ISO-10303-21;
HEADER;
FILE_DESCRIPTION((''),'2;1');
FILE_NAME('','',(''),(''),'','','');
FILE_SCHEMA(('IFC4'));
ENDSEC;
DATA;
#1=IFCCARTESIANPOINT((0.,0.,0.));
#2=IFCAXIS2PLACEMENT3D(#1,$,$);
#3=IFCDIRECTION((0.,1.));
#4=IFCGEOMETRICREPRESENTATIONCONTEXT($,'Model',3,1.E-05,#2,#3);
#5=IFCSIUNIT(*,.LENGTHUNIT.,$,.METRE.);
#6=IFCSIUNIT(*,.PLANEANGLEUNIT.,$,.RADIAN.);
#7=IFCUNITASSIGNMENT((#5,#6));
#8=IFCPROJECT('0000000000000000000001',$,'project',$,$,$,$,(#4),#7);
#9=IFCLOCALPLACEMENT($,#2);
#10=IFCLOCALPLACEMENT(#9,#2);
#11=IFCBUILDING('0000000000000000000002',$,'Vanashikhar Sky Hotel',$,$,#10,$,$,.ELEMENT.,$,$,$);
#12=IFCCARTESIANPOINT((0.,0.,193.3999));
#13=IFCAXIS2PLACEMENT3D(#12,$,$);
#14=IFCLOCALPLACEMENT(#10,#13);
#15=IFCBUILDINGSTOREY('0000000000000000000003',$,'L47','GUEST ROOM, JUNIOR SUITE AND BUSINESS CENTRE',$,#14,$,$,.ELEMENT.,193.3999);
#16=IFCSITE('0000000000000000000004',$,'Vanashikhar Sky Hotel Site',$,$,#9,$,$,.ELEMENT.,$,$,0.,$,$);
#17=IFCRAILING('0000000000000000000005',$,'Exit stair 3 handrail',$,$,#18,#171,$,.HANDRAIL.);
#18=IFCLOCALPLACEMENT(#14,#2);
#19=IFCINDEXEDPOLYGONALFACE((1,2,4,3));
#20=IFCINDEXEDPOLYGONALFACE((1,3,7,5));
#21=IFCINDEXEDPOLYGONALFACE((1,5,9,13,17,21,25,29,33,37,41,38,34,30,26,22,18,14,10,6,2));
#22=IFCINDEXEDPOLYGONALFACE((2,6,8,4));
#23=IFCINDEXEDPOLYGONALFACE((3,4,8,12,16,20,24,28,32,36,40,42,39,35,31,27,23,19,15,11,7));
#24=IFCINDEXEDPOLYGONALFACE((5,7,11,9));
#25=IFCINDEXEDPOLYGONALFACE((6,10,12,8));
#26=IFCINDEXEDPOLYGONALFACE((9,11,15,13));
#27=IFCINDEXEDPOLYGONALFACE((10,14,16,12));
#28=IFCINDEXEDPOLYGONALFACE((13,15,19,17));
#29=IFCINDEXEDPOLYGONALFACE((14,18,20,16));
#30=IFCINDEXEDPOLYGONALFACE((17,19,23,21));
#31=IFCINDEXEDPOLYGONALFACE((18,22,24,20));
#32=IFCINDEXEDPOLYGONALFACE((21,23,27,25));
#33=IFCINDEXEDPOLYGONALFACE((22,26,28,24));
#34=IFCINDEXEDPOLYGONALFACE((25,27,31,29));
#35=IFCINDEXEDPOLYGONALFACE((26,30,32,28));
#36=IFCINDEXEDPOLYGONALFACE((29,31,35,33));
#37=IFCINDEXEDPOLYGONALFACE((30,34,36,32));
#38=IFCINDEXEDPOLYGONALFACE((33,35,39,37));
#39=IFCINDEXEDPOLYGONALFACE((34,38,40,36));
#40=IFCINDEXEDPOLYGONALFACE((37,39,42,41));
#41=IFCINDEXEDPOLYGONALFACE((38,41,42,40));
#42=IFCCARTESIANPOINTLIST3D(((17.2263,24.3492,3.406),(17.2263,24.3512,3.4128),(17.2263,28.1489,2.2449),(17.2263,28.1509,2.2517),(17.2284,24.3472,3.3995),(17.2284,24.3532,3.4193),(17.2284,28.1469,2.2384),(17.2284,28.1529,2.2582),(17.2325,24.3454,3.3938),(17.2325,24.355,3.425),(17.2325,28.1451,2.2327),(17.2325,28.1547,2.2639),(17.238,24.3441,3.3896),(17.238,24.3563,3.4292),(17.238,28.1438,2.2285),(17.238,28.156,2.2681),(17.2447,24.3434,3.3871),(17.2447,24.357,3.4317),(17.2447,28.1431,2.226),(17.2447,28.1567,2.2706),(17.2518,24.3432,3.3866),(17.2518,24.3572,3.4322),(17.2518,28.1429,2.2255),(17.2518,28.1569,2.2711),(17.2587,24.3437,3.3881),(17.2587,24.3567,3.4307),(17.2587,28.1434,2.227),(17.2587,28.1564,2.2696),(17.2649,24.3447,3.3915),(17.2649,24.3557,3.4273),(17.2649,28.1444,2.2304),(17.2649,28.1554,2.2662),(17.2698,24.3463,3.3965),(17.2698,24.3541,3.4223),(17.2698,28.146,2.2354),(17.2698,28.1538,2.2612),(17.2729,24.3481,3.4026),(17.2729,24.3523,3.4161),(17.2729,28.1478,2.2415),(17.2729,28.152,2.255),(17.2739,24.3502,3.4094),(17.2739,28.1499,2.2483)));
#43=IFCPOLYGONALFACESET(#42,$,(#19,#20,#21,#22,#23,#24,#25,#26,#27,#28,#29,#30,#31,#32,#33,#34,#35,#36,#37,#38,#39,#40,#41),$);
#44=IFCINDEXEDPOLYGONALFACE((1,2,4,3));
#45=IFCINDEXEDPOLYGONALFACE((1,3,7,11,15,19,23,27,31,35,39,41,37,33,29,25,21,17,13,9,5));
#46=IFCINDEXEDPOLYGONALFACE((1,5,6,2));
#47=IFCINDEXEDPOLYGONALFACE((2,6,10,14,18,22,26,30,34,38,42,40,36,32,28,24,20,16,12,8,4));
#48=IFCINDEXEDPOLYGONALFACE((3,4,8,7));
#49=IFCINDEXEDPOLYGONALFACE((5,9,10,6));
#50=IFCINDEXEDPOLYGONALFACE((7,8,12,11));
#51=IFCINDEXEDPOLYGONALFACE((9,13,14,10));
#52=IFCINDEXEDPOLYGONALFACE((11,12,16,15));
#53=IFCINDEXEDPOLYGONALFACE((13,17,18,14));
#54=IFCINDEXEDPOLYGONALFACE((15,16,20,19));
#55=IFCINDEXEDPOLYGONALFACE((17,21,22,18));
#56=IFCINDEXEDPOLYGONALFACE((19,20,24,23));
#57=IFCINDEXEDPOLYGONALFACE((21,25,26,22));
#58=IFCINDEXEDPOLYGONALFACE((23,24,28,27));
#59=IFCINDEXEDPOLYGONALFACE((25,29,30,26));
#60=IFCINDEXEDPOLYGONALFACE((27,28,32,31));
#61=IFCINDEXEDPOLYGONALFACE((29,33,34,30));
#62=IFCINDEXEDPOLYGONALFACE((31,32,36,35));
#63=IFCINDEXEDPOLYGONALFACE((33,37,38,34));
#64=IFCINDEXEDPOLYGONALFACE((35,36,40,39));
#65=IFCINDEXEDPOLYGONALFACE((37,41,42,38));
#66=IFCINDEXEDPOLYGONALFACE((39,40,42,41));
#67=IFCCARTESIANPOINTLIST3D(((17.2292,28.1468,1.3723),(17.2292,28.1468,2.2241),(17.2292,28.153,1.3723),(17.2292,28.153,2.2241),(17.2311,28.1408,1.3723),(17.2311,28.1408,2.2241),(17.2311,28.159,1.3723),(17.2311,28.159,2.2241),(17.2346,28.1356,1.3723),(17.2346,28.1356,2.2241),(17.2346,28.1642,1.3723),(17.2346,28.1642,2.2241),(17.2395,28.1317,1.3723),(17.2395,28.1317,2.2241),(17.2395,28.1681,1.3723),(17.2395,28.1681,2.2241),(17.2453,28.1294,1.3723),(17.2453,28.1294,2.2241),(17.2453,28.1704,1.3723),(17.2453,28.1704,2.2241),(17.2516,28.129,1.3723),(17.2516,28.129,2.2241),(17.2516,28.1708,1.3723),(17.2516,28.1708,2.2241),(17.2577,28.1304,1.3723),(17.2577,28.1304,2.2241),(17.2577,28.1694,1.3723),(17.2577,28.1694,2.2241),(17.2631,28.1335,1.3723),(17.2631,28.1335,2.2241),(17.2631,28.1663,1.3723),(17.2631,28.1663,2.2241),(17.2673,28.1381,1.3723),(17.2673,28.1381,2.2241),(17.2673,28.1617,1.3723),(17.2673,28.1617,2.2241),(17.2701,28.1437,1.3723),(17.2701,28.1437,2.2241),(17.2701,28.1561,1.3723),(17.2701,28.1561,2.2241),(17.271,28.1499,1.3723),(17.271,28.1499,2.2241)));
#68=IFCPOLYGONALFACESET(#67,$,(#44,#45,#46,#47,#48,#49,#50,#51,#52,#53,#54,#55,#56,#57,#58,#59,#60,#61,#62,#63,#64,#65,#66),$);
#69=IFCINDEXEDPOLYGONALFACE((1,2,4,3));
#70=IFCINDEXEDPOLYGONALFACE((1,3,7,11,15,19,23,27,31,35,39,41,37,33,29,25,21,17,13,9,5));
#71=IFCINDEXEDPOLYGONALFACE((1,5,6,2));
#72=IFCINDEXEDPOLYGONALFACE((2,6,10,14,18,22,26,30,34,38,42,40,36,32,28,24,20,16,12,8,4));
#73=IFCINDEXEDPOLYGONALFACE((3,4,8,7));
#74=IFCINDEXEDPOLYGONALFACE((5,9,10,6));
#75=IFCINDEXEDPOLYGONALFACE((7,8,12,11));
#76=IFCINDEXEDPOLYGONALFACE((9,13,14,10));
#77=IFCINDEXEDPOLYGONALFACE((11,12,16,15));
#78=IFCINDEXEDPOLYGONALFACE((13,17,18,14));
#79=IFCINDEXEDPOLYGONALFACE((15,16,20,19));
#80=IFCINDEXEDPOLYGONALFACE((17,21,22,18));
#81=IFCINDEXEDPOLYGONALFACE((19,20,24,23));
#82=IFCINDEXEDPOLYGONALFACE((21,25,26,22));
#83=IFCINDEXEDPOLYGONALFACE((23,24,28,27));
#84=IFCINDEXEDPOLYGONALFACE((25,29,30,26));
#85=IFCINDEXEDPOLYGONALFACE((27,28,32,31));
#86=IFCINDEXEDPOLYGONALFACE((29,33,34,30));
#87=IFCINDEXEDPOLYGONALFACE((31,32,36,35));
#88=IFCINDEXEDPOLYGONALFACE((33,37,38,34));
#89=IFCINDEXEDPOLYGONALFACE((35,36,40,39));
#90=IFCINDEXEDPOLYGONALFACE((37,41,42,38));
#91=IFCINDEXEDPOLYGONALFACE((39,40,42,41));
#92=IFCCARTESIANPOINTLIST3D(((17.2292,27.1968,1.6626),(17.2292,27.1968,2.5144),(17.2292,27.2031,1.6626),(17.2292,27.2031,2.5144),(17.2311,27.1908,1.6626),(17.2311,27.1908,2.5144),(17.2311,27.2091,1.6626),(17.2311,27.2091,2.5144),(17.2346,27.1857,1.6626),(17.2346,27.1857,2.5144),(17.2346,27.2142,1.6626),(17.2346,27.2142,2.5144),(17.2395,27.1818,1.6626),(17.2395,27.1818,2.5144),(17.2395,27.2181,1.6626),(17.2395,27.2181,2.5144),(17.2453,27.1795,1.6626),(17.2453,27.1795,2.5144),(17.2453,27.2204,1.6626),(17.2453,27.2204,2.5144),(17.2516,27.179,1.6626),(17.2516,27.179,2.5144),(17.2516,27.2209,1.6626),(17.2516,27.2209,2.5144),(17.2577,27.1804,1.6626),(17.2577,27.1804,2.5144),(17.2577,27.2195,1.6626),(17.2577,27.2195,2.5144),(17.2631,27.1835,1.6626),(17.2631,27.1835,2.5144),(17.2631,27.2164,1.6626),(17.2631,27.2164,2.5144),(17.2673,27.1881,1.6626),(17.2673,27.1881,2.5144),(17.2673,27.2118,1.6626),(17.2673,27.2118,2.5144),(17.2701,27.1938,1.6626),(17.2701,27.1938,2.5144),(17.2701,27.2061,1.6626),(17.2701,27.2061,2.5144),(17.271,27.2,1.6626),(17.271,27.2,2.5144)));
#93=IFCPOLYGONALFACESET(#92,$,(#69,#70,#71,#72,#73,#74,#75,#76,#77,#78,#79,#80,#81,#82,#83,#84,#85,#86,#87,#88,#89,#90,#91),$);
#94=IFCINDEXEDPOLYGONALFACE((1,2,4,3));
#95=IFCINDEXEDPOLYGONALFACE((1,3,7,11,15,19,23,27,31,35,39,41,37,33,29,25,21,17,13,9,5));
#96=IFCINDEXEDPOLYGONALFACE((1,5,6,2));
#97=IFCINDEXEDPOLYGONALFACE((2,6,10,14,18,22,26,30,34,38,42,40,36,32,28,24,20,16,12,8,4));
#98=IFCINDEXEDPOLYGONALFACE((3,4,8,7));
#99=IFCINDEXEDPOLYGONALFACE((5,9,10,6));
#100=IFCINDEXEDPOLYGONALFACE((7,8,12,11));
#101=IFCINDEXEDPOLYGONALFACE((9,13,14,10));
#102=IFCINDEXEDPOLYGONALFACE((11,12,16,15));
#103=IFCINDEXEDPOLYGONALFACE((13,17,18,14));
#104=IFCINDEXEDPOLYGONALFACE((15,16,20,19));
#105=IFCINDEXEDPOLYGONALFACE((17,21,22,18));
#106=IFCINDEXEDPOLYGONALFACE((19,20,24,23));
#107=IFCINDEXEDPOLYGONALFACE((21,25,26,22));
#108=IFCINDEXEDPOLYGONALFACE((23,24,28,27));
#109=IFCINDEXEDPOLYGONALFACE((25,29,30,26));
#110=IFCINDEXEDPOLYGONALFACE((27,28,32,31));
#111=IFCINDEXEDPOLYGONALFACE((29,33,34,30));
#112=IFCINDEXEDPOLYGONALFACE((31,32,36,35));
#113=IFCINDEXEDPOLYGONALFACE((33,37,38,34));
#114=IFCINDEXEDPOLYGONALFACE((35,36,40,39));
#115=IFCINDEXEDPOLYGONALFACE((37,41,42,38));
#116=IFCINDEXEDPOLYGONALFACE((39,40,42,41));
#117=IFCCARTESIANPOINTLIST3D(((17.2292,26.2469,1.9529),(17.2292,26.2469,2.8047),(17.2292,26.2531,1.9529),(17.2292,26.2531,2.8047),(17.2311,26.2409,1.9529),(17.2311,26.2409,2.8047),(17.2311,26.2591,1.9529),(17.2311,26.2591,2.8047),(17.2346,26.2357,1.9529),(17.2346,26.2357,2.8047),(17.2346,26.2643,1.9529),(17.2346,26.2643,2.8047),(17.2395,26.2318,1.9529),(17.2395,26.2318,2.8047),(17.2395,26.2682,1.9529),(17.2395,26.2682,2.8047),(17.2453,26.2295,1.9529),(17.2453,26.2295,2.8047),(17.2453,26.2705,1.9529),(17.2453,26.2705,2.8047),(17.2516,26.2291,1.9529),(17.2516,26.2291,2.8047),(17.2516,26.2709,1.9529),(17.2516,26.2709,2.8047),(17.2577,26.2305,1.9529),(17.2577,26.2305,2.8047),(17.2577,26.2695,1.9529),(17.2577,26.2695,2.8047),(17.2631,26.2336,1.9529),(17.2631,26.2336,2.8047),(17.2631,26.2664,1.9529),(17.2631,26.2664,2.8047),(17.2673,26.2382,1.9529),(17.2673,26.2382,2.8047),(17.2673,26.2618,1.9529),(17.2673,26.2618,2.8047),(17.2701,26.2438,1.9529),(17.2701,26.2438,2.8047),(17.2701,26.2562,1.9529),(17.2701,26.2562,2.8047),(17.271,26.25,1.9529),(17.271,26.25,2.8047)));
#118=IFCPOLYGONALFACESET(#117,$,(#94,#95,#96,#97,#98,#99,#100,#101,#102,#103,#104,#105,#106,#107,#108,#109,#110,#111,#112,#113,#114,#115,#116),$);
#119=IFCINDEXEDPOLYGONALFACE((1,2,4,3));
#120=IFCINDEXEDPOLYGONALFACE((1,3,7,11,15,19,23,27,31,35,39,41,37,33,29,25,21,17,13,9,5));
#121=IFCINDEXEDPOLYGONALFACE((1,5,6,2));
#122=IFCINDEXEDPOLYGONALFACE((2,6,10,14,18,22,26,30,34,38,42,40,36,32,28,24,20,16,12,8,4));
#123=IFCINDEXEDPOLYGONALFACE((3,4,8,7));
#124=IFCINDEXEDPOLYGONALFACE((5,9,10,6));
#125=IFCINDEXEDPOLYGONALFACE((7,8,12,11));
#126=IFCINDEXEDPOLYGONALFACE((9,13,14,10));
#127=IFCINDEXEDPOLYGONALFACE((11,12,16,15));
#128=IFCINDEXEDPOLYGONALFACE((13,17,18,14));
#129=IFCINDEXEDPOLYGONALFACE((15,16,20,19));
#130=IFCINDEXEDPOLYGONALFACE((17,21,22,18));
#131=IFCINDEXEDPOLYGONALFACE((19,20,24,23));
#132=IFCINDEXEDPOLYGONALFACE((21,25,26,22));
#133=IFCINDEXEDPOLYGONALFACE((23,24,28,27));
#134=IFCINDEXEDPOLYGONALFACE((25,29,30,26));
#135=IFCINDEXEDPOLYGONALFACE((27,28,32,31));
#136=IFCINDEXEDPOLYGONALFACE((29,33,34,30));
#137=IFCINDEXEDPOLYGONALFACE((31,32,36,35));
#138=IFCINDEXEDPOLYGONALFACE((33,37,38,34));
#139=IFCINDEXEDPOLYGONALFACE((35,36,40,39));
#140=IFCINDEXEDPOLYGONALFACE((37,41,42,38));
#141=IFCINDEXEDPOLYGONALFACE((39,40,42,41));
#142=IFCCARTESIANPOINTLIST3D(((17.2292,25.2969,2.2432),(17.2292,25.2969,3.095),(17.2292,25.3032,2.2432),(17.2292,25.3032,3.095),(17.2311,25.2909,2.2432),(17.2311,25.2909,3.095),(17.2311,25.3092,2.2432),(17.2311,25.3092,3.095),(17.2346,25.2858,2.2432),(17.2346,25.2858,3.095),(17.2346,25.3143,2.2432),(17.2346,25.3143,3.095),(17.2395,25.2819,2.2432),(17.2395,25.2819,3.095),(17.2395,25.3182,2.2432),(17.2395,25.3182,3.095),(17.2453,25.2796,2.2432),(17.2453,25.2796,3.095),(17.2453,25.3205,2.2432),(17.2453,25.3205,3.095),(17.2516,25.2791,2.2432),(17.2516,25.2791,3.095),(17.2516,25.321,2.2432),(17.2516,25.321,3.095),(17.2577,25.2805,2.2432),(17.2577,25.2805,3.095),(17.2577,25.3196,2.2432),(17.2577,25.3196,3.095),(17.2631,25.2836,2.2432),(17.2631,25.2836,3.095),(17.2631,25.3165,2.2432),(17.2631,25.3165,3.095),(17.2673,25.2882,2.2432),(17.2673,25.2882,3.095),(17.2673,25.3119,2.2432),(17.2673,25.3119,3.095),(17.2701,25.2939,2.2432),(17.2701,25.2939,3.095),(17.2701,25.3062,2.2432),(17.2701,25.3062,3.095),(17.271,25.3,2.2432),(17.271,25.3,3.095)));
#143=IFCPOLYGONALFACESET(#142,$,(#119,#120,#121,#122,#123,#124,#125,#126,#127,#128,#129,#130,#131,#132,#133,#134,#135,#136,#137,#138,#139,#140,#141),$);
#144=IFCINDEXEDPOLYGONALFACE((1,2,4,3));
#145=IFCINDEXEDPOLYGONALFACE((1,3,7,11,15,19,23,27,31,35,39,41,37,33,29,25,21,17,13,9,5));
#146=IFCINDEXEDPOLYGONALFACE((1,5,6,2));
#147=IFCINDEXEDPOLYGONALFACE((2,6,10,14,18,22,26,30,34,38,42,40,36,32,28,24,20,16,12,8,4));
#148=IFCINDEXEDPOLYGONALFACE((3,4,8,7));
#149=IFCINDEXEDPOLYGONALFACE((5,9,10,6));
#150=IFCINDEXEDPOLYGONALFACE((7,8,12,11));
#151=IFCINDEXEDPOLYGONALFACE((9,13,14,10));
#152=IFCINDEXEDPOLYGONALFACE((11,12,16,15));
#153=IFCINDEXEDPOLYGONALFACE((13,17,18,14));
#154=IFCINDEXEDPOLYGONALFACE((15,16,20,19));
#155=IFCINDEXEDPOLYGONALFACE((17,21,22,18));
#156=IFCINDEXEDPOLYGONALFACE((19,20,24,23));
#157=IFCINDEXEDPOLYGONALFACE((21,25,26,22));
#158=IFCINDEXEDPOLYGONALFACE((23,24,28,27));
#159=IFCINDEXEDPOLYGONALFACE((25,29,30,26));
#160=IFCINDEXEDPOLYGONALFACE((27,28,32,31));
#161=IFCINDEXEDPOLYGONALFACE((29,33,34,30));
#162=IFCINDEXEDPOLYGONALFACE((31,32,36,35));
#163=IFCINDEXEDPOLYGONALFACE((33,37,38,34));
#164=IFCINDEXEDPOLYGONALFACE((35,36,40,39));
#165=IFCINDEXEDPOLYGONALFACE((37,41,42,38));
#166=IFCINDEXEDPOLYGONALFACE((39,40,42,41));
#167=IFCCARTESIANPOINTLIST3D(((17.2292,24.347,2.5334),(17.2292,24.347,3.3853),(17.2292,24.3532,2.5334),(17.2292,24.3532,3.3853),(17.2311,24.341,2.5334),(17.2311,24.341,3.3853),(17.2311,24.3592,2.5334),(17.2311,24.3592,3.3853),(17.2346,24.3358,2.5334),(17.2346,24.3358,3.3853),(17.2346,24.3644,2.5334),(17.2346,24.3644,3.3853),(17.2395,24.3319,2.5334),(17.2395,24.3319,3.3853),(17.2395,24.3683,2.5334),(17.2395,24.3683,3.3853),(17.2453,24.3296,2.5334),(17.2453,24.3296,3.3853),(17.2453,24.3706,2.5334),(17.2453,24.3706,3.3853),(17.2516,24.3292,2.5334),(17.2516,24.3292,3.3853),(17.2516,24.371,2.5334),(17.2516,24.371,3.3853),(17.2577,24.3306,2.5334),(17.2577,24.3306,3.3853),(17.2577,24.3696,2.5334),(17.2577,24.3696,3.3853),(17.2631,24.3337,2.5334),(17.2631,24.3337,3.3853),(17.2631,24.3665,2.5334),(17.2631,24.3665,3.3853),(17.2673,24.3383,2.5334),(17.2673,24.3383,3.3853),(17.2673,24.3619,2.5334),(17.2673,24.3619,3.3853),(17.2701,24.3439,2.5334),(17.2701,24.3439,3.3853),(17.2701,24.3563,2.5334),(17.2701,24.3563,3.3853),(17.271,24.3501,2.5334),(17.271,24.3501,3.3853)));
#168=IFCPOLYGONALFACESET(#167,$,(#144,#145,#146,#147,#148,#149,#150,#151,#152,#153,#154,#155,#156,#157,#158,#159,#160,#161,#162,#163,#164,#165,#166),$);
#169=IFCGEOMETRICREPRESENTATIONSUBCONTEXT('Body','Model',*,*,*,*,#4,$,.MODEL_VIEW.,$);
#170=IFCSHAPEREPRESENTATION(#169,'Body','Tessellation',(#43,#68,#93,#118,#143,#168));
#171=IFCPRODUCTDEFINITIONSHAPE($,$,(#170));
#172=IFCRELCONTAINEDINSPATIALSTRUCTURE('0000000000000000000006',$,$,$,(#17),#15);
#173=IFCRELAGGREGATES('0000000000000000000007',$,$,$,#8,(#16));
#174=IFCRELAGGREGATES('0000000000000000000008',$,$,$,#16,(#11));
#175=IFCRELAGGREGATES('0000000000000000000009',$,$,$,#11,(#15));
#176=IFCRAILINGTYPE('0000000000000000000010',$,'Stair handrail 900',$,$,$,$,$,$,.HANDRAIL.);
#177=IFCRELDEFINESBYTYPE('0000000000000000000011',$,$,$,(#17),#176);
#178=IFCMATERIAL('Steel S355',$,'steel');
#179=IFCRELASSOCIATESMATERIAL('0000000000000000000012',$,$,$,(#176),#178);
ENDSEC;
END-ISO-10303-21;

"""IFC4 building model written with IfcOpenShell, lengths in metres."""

from ifc_helpers import new_model, si_unit, direction, frame, origin, origin_2d, place, context, subcontext, project, spatial, circle, extrude, source, transform, mapped, material, type_object, element, save


model = new_model("IFC4")

# Units and contexts
model_context = context("Model", 3, precision=1e-05, world=origin(), true_north=direction((0.0, 1.0)))
body_context = subcontext(model_context, "Body", "Model", "MODEL_VIEW")
ifc_project = project(units=[si_unit("LENGTHUNIT", "METRE"), si_unit("PLANEANGLEUNIT", "RADIAN")], contexts=[model_context])

# Site, building, storey
site_placement = place(None, origin())
site = spatial("IfcSite", under=ifc_project, at=site_placement, Name="Vanashikhar Sky Hotel Site", CompositionType="ELEMENT", RefElevation=0.0)
building_placement = place(site_placement, origin())
building = spatial("IfcBuilding", under=site, at=building_placement, Name="Vanashikhar Sky Hotel", CompositionType="ELEMENT")
storey_placement = place(building_placement, frame((0.0, 0.0, 193.3999)))
storey = spatial("IfcBuildingStorey", under=building, at=storey_placement, Name="L47", Description="GUEST ROOM, JUNIOR SUITE AND BUSINESS CENTRE", CompositionType="ELEMENT", Elevation=193.3999)

# Railing
ifc_material_1 = material(Name="Steel S355", Category="steel")
railing_type = type_object("IfcRailingType", Name="Stair handrail 900", PredefinedType="HANDRAIL", material=ifc_material_1)
shared_shape_1 = source(origin(), body_context, "Body", "SweptSolid", [
    extrude(circle(Radius=0.0239, at=origin_2d()), frame((0.0, 0.0, 0.876), z_axis=(0.0, -0.956346, 0.292237), x_axis=(1.0, 0.0, 0.0)), (0.0, 0.0, 1.0), 3.9731),
    extrude(circle(Radius=0.021, at=origin_2d()), origin(), (0.0, 0.0, 1.0), 0.8518),
    extrude(circle(Radius=0.021, at=origin_2d()), frame((0.0, -0.95, 0.2903)), (0.0, 0.0, 1.0), 0.8518),
    extrude(circle(Radius=0.021, at=origin_2d()), frame((0.0, -1.8999, 0.5806)), (0.0, 0.0, 1.0), 0.8518),
    extrude(circle(Radius=0.021, at=origin_2d()), frame((0.0, -2.8499, 0.8708)), (0.0, 0.0, 1.0), 0.8518),
    extrude(circle(Radius=0.021, at=origin_2d()), frame((0.0, -3.7998, 1.1611)), (0.0, 0.0, 1.0), 0.8518),
])
railing_placement = place(storey_placement, frame((17.25, 28.1499, 1.3723)))
element("IfcRailing", 1, at=railing_placement, inside=storey, type_object=railing_type, Name="Exit stair 3 handrail", PredefinedType="HANDRAIL", context=body_context, shape_type="MappedRepresentation", body=[
    mapped(shared_shape_1, transform((0.0, 0.0, 0.0), scale=1.0)),
])

save(model, "model.ifc")
